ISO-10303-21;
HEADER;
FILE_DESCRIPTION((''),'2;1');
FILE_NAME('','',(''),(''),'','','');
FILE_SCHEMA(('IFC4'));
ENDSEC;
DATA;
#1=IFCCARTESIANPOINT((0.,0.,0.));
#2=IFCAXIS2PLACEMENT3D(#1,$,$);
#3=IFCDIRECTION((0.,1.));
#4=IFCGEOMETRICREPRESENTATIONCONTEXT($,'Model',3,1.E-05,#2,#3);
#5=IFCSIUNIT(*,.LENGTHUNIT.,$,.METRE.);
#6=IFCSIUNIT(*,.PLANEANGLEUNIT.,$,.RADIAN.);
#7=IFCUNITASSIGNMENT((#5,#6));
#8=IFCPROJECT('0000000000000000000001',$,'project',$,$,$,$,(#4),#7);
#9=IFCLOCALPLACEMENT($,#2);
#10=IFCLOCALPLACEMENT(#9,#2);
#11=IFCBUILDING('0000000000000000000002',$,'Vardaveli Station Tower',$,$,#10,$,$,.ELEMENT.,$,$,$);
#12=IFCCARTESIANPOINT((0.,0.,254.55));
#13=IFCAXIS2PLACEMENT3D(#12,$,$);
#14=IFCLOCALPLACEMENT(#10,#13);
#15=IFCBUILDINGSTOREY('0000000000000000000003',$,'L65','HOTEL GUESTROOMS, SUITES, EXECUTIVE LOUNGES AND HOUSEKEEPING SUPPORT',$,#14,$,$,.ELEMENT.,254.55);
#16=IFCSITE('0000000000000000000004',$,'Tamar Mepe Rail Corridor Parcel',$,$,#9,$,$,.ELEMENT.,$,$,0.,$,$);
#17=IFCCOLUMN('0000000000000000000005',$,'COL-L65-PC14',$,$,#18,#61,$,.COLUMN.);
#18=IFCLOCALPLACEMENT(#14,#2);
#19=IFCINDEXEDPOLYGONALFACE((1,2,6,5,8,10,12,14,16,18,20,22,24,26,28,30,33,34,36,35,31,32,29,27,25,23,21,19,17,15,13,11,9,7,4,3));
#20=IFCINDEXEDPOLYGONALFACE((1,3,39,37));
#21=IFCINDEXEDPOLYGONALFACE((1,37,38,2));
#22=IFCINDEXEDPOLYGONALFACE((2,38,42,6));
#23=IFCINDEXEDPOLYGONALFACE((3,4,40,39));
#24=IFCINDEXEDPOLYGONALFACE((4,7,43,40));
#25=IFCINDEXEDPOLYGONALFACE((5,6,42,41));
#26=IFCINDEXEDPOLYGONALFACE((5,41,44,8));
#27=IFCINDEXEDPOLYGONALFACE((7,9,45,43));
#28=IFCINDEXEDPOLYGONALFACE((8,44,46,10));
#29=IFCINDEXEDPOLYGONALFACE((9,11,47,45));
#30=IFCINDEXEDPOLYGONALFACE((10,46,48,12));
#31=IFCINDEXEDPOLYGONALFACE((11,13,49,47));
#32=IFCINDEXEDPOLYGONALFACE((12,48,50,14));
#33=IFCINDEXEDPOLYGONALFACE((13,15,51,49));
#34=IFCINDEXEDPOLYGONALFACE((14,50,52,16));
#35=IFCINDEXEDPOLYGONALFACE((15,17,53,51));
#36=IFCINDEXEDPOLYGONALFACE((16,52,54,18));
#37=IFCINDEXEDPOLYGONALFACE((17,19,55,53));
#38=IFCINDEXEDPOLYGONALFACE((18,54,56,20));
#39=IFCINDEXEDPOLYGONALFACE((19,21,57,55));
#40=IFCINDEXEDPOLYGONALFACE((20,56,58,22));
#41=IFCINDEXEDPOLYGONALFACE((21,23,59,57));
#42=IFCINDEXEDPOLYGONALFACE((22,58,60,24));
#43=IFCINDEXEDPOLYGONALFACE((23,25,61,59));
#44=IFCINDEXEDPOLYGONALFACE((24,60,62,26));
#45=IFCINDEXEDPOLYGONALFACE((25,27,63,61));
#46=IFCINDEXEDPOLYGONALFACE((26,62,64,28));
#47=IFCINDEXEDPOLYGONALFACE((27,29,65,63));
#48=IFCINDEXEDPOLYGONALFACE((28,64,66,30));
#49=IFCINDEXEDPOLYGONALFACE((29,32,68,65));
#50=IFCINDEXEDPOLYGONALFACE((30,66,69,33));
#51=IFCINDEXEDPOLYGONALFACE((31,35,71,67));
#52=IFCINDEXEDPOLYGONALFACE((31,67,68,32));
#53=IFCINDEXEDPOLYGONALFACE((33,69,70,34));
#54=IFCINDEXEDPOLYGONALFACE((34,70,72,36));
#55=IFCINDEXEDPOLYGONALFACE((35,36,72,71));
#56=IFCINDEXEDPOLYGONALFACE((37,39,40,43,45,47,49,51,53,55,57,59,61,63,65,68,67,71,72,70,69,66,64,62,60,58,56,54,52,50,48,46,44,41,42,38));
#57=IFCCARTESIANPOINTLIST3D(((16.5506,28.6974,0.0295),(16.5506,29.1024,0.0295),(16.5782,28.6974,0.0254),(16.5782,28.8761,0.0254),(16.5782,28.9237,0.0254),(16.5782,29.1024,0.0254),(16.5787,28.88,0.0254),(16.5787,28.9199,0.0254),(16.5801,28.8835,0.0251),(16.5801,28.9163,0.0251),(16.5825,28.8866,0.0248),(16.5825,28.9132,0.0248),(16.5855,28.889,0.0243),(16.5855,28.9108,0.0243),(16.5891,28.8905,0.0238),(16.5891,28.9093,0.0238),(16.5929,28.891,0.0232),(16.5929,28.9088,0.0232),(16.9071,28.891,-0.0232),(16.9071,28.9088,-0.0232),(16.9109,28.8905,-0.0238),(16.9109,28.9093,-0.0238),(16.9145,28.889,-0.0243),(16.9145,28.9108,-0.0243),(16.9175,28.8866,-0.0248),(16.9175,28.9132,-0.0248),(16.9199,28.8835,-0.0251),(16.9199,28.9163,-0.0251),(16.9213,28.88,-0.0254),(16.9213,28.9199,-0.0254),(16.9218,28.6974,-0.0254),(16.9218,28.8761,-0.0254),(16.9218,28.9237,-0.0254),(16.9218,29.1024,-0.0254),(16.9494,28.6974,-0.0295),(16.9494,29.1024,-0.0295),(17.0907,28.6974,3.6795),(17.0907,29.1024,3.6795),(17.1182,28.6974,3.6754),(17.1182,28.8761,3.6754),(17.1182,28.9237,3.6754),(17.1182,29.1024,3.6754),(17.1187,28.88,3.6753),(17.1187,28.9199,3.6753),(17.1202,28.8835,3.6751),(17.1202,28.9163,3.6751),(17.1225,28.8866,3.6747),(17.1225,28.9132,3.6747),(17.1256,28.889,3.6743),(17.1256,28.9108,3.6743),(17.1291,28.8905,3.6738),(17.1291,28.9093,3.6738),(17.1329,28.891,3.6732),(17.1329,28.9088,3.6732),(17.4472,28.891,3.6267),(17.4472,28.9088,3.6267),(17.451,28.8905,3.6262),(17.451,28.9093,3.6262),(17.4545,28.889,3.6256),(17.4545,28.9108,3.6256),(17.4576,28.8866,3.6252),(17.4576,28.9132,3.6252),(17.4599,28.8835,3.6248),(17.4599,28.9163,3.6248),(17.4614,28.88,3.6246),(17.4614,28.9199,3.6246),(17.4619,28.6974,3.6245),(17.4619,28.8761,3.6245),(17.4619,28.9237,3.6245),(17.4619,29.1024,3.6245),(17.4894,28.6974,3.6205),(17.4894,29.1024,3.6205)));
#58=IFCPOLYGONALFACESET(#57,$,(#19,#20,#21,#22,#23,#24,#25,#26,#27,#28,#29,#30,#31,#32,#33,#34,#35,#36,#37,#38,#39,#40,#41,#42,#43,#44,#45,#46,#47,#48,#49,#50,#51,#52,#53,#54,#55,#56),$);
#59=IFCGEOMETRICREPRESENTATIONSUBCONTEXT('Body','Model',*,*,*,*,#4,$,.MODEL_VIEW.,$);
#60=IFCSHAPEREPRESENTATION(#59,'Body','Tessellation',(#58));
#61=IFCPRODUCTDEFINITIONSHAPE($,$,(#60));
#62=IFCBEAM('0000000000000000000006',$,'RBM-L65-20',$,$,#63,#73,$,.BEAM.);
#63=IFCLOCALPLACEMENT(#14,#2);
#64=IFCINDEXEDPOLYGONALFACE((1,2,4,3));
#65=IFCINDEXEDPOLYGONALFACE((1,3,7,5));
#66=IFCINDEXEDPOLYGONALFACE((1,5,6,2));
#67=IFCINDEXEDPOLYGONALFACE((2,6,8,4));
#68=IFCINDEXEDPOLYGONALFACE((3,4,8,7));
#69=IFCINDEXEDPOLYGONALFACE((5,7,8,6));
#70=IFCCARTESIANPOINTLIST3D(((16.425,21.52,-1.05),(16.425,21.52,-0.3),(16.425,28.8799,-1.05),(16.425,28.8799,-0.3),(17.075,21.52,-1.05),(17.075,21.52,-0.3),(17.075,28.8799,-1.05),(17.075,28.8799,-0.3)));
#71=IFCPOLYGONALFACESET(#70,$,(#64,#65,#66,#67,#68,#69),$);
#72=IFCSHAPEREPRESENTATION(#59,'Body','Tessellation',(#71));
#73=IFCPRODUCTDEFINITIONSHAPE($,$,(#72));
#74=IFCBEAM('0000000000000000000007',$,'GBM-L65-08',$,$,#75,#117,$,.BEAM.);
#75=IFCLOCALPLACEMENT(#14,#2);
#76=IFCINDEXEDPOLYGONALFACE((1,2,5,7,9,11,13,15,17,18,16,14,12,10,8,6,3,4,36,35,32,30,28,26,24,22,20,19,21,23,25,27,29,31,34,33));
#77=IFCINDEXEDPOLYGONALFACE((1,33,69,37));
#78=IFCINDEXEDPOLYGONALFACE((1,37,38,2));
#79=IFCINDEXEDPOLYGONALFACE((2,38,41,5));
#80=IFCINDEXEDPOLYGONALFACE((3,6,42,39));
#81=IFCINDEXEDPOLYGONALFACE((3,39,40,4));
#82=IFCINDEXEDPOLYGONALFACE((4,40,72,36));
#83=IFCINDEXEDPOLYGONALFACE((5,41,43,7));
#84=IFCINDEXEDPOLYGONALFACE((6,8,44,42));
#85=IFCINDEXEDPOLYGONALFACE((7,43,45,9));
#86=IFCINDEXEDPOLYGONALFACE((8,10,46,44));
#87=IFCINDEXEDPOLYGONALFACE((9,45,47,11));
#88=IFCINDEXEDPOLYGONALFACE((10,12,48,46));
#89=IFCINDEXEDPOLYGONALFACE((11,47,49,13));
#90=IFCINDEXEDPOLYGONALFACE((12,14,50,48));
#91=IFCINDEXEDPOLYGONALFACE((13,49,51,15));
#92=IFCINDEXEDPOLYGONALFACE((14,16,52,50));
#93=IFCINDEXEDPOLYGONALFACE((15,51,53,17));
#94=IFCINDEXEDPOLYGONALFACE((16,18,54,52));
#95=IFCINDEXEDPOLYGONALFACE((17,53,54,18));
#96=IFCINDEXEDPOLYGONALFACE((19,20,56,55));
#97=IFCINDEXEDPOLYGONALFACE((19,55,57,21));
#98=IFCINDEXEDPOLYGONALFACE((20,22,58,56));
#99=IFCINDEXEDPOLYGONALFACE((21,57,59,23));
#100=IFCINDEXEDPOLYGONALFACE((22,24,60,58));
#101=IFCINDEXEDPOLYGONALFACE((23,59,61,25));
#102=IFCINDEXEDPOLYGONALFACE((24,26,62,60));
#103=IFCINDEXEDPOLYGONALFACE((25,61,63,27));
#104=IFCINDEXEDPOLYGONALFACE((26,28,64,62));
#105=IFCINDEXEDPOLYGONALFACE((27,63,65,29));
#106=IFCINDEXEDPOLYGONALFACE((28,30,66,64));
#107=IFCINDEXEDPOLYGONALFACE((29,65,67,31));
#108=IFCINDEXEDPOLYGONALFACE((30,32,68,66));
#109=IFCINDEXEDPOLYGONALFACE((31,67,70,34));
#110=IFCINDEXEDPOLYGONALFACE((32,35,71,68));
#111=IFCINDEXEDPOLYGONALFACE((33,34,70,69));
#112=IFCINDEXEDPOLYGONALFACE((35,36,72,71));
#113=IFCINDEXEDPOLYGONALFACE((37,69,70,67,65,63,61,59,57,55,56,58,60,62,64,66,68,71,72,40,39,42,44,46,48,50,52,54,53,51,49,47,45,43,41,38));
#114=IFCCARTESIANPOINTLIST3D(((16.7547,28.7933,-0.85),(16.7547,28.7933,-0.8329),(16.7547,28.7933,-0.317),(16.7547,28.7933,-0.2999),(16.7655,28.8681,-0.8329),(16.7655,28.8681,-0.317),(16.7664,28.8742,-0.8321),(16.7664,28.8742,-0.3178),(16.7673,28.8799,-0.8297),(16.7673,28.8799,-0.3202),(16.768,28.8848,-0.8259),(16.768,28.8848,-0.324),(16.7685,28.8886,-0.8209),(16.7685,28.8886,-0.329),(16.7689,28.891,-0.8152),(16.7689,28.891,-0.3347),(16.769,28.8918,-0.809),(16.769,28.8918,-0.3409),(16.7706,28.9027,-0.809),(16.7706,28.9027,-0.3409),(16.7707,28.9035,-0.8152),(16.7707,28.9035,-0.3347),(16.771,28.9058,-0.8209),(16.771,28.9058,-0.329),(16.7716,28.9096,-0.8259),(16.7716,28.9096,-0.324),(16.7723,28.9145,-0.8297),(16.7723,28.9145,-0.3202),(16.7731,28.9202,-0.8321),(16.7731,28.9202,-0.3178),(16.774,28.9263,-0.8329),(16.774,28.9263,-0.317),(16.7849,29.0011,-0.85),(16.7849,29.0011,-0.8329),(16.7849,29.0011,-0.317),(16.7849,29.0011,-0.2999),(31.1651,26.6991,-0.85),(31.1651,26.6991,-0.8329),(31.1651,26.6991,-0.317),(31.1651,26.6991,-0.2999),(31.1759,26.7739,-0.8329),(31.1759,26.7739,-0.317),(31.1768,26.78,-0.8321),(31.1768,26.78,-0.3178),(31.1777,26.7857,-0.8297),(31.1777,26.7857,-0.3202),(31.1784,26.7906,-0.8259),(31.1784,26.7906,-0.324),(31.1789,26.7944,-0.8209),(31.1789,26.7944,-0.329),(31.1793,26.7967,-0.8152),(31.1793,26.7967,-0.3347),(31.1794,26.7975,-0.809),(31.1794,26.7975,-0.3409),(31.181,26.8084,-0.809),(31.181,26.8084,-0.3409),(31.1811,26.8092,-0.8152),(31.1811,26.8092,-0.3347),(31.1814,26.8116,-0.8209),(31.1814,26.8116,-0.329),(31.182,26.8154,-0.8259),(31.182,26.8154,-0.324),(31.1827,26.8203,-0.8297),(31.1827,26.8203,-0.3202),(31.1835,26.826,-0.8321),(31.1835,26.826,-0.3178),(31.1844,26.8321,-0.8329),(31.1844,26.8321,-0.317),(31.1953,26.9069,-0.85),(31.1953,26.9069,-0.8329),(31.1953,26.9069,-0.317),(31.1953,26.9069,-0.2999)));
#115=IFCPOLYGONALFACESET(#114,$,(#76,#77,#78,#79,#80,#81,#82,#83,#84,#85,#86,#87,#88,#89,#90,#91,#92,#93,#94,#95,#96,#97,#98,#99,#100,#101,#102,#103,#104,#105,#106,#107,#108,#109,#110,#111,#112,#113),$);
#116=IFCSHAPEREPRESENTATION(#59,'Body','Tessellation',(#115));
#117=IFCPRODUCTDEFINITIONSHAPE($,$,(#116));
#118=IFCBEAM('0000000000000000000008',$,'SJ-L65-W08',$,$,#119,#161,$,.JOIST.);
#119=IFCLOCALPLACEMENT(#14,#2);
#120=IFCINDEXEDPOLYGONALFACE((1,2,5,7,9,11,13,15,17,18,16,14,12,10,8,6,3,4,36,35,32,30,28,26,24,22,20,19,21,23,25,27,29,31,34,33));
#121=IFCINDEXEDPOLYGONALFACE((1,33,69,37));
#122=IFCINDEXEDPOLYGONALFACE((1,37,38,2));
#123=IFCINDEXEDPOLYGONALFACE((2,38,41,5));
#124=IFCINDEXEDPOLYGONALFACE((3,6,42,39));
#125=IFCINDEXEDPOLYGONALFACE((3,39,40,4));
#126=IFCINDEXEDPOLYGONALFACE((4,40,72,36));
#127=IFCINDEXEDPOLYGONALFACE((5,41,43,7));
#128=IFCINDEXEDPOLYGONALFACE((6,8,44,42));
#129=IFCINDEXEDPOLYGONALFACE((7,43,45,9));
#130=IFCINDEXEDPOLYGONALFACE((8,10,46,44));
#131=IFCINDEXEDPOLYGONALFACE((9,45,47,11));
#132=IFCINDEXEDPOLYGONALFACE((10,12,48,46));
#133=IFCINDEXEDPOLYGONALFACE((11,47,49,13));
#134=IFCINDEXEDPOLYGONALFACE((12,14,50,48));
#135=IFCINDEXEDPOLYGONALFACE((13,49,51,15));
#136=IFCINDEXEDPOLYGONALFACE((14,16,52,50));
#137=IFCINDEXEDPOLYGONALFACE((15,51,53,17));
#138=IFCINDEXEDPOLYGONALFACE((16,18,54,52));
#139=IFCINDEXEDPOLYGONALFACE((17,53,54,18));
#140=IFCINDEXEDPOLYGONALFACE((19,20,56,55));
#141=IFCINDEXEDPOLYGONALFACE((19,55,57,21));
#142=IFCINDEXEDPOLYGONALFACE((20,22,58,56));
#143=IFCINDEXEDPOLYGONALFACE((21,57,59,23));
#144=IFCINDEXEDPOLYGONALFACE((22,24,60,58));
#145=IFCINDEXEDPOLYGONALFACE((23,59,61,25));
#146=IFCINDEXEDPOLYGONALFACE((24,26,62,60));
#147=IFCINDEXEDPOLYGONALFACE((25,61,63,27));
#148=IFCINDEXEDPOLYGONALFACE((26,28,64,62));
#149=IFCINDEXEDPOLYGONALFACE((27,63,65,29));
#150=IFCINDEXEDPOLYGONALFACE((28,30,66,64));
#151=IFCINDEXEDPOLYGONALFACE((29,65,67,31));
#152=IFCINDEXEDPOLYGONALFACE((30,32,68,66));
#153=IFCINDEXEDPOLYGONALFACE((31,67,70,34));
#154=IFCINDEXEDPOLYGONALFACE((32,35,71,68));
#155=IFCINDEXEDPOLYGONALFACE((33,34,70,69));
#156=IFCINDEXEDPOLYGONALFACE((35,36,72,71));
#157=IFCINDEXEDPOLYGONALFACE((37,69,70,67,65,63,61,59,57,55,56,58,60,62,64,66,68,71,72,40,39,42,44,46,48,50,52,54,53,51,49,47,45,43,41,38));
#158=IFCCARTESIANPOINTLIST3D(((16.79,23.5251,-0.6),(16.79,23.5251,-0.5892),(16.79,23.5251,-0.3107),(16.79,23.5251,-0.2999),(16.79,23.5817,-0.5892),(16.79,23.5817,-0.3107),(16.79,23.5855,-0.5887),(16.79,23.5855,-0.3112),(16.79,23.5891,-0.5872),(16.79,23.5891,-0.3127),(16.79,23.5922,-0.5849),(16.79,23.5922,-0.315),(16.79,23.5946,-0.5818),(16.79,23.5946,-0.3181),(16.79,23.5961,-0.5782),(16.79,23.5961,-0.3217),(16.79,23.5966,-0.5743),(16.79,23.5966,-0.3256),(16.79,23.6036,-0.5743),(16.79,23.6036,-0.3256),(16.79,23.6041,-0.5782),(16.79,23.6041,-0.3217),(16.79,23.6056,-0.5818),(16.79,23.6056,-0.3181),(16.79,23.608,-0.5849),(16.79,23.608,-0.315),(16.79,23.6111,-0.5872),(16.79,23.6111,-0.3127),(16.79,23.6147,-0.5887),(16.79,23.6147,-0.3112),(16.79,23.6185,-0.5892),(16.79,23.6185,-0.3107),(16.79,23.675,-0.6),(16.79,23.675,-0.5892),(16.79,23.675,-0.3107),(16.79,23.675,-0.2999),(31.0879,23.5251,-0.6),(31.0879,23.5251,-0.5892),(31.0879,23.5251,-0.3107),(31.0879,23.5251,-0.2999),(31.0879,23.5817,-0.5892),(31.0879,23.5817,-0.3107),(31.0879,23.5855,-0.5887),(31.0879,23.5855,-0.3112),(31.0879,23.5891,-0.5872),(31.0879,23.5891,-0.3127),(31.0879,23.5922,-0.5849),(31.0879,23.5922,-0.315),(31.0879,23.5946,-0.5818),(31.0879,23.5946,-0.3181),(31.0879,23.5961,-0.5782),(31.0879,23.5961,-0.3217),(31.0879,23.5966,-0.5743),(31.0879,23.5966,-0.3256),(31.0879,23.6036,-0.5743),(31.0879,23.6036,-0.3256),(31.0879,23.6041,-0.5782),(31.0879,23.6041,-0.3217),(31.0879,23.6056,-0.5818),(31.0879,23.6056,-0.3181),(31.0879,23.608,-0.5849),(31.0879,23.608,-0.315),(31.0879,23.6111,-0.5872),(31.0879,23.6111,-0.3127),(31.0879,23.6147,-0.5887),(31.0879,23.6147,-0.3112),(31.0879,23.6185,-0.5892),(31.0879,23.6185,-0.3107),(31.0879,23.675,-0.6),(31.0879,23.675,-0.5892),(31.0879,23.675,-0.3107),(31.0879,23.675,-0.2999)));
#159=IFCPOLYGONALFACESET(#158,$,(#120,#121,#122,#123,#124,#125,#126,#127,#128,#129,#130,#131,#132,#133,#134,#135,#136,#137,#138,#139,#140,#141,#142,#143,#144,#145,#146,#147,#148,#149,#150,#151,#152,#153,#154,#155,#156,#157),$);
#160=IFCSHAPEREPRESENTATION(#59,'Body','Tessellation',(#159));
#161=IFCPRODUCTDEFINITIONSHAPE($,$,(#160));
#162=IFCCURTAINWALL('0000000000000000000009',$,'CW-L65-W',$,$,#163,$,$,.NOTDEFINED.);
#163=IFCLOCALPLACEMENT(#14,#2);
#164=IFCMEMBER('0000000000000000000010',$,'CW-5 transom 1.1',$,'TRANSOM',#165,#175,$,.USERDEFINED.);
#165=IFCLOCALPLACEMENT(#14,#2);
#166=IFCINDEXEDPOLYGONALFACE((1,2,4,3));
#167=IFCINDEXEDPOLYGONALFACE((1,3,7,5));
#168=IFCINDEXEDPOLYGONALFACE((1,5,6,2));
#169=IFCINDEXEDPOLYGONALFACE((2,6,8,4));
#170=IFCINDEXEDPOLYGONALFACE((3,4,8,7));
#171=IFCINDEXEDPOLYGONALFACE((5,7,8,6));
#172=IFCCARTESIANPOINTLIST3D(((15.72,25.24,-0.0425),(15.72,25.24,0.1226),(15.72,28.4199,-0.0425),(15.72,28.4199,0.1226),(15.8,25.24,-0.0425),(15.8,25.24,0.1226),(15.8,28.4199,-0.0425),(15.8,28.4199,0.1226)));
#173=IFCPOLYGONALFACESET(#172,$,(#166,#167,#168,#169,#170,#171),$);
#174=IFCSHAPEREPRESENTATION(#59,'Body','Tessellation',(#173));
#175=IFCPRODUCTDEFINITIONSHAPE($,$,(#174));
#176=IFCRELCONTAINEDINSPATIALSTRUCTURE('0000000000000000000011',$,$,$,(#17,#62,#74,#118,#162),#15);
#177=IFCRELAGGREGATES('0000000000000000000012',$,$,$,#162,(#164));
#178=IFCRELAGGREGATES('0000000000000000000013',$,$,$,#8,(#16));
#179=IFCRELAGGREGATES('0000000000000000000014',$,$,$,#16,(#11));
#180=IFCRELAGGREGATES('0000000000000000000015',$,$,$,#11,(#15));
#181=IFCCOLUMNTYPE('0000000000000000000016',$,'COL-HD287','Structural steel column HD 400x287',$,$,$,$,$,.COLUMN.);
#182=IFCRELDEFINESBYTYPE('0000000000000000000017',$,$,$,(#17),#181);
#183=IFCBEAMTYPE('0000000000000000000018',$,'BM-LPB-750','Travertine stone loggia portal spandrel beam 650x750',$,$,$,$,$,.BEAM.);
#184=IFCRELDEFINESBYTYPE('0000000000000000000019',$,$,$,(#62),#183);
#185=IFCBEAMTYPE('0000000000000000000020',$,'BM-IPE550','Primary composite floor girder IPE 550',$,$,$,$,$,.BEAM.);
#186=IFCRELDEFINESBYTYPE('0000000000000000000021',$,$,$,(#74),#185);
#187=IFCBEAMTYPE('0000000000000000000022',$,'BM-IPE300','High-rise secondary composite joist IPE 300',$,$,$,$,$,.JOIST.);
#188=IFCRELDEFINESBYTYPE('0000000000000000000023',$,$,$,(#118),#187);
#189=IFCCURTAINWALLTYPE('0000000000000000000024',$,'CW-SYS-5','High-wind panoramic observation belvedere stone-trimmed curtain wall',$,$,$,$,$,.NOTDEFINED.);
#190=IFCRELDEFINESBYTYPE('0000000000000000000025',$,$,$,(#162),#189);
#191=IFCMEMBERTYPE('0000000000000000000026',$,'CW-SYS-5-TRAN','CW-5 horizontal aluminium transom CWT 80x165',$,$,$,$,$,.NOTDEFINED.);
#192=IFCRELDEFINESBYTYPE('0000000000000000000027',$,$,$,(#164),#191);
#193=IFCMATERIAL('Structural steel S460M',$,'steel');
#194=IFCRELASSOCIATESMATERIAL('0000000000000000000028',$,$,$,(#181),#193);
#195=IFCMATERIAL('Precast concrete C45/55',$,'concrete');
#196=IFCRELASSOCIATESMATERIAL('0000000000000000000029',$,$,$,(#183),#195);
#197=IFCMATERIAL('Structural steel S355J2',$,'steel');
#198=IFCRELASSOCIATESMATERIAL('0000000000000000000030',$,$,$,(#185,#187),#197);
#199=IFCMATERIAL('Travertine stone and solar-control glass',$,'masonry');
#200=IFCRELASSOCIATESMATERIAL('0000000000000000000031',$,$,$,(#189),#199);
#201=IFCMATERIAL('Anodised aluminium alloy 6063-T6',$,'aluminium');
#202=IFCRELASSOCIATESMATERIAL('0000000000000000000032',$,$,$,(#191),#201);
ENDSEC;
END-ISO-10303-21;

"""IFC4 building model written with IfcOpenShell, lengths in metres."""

from ifc_helpers import new_model, si_unit, direction, frame, origin, origin_2d, place, context, subcontext, project, spatial, rectangle, i_section, extrude, source, transform, mapped, material, material_profile, profile_set, type_object, element, aggregate, save


model = new_model("IFC4")

# Units and contexts
model_context = context("Model", 3, precision=1e-05, world=origin(), true_north=direction((0.0, 1.0)))
body_context = subcontext(model_context, "Body", "Model", "MODEL_VIEW")
ifc_project = project(units=[si_unit("LENGTHUNIT", "METRE"), si_unit("PLANEANGLEUNIT", "RADIAN")], contexts=[model_context])

# Site, building, storey
site_placement = place(None, origin())
site = spatial("IfcSite", under=ifc_project, at=site_placement, Name="Tamar Mepe Rail Corridor Parcel", CompositionType="ELEMENT", RefElevation=0.0)
building_placement = place(site_placement, origin())
building = spatial("IfcBuilding", under=site, at=building_placement, Name="Vardaveli Station Tower", CompositionType="ELEMENT")
storey_placement = place(building_placement, frame((0.0, 0.0, 254.55)))
storey = spatial("IfcBuildingStorey", under=building, at=storey_placement, Name="L65", Description="HOTEL GUESTROOMS, SUITES, EXECUTIVE LOUNGES AND HOUSEKEEPING SUPPORT", CompositionType="ELEMENT", Elevation=254.55)

# Column
ifc_material_1 = material(Name="Structural steel S460M", Category="steel")
ifc_material_profile_1 = material_profile(ifc_material_1, i_section(OverallWidth=0.405, OverallDepth=0.4031, WebThickness=0.0178, FlangeThickness=0.0278, FilletRadius=0.0149, at=origin_2d()), Name="HD 400x287")
ifc_profile_set_1 = profile_set([ifc_material_profile_1], Name="Structural steel S460M")
column_type = type_object("IfcColumnType", Name="COL-HD287", Description="Structural steel column HD 400x287", PredefinedType="COLUMN", material=ifc_profile_set_1)
shared_shape_1 = source(origin(), body_context, "Body", "SweptSolid", [
    extrude(i_section(OverallWidth=0.405, OverallDepth=0.4031, WebThickness=0.0178, FlangeThickness=0.0278, FilletRadius=0.0149, at=origin_2d()), origin(), (0.0, 0.0, 1.0), 3.6897),
])
column_placement = place(storey_placement, frame((16.75, 28.8999, 0.0), z_axis=(0.146366, 0.0, 0.98923), x_axis=(0.0, 1.0, 0.0)))
element("IfcColumn", 1, at=column_placement, inside=storey, type_object=column_type, Name="COL-L65-PC14", PredefinedType="COLUMN", context=body_context, shape_type="MappedRepresentation", body=[
    mapped(shared_shape_1, transform((0.0, 0.0, 0.0), scale=1.0)),
])

# Beams
ifc_material_2 = material(Name="Precast concrete C45/55", Category="concrete")
ifc_material_profile_2 = material_profile(ifc_material_2, rectangle(XDim=0.6499, YDim=0.75, at=origin_2d()), Name="LPB 650x750")
ifc_profile_set_2 = profile_set([ifc_material_profile_2], Name="Precast concrete C45/55")
beam_type_1 = type_object("IfcBeamType", Name="BM-LPB-750", Description="Travertine stone loggia portal spandrel beam 650x750", PredefinedType="BEAM", material=ifc_profile_set_2)
shared_shape_2 = source(origin(), body_context, "Body", "SweptSolid", [
    extrude(rectangle(XDim=0.6499, YDim=0.75, at=origin_2d()), origin(), (0.0, 0.0, 1.0), 7.3599),
])
beam_1_placement = place(storey_placement, frame((16.75, 28.8799, -0.675), z_axis=(0.0, -1.0, 0.0), x_axis=(1.0, 0.0, 0.0)))
element("IfcBeam", 2, at=beam_1_placement, inside=storey, type_object=beam_type_1, Name="RBM-L65-20", PredefinedType="BEAM", context=body_context, shape_type="MappedRepresentation", body=[
    mapped(shared_shape_2, transform((0.0, 0.0, 0.0), scale=1.0)),
])
ifc_material_3 = material(Name="Structural steel S355J2", Category="steel")
ifc_material_profile_3 = material_profile(ifc_material_3, i_section(OverallWidth=0.21, OverallDepth=0.55, WebThickness=0.011, FlangeThickness=0.0171, FilletRadius=0.0239, at=origin_2d()), Name="IPE 550")
ifc_profile_set_3 = profile_set([ifc_material_profile_3], Name="Structural steel S355J2")
beam_type_2 = type_object("IfcBeamType", Name="BM-IPE550", Description="Primary composite floor girder IPE 550", PredefinedType="BEAM", material=ifc_profile_set_3)
shared_shape_3 = source(origin(), body_context, "Body", "SweptSolid", [
    extrude(i_section(OverallWidth=0.21, OverallDepth=0.55, WebThickness=0.011, FlangeThickness=0.0171, FilletRadius=0.0239, at=origin_2d()), origin(), (0.0, 0.0, 1.0), 14.5618),
])
beam_2_placement = place(storey_placement, frame((16.7698, 28.8972, -0.575), z_axis=(0.989604, -0.143817, 0.0), x_axis=(0.143817, 0.989604, 0.0)))
element("IfcBeam", 3, at=beam_2_placement, inside=storey, type_object=beam_type_2, Name="GBM-L65-08", PredefinedType="BEAM", context=body_context, shape_type="MappedRepresentation", body=[
    mapped(shared_shape_3, transform((0.0, 0.0, 0.0), scale=1.0)),
])
ifc_material_profile_4 = material_profile(ifc_material_3, i_section(OverallWidth=0.1499, OverallDepth=0.3, WebThickness=0.0071, FlangeThickness=0.0107, FilletRadius=0.0149, at=origin_2d()), Name="IPE 300")
ifc_profile_set_4 = profile_set([ifc_material_profile_4], Name="Structural steel S355J2")
beam_type_3 = type_object("IfcBeamType", Name="BM-IPE300", Description="High-rise secondary composite joist IPE 300", PredefinedType="JOIST", material=ifc_profile_set_4)
shared_shape_4 = source(origin(), body_context, "Body", "SweptSolid", [
    extrude(i_section(OverallWidth=0.1499, OverallDepth=0.3, WebThickness=0.0071, FlangeThickness=0.0107, FilletRadius=0.0149, at=origin_2d()), origin(), (0.0, 0.0, 1.0), 14.2979),
])
beam_3_placement = place(storey_placement, frame((16.79, 23.6001, -0.45), z_axis=(1.0, 0.0, 0.0), x_axis=(0.0, 1.0, 0.0)))
element("IfcBeam", 4, at=beam_3_placement, inside=storey, type_object=beam_type_3, Name="SJ-L65-W08", PredefinedType="JOIST", context=body_context, shape_type="MappedRepresentation", body=[
    mapped(shared_shape_4, transform((0.0, 0.0, 0.0), scale=1.0)),
])

# Curtain wall, member
ifc_material_4 = material(Name="Travertine stone and solar-control glass", Category="masonry")
curtain_wall_type = type_object("IfcCurtainWallType", Name="CW-SYS-5", Description="High-wind panoramic observation belvedere stone-trimmed curtain wall", PredefinedType="NOTDEFINED", material=ifc_material_4)
curtain_wall_placement = place(storey_placement, origin())
curtain_wall = element("IfcCurtainWall", 5, at=curtain_wall_placement, inside=storey, type_object=curtain_wall_type, Name="CW-L65-W", PredefinedType="NOTDEFINED")
ifc_material_5 = material(Name="Anodised aluminium alloy 6063-T6", Category="aluminium")
ifc_material_profile_5 = material_profile(ifc_material_5, rectangle(XDim=0.0801, YDim=0.165, at=origin_2d()), Name="CWT 80x165")
ifc_profile_set_5 = profile_set([ifc_material_profile_5], Name="Anodised aluminium alloy 6063-T6")
member_type_1 = type_object("IfcMemberType", Name="CW-SYS-5-TRAN", Description="CW-5 horizontal aluminium transom CWT 80x165", PredefinedType="NOTDEFINED", material=ifc_profile_set_5)
shared_shape_5 = source(origin(), body_context, "Body", "SweptSolid", [
    extrude(rectangle(XDim=0.0801, YDim=0.165, at=origin_2d()), origin(), (0.0, 0.0, 1.0), 3.1799),
])
member_1_placement = place(storey_placement, frame((15.76, 28.4199, 0.04), z_axis=(0.0, -1.0, 0.0), x_axis=(1.0, 0.0, 0.0)))
member_1 = element("IfcMember", 6, at=member_1_placement, type_object=member_type_1, Name="CW-5 transom 1.1", ObjectType="TRANSOM", PredefinedType="USERDEFINED", context=body_context, shape_type="MappedRepresentation", body=[
    mapped(shared_shape_5, transform((0.0, 0.0, 0.0), scale=1.0)),
])
aggregate(curtain_wall, [member_1])

save(model, "model.ifc")
